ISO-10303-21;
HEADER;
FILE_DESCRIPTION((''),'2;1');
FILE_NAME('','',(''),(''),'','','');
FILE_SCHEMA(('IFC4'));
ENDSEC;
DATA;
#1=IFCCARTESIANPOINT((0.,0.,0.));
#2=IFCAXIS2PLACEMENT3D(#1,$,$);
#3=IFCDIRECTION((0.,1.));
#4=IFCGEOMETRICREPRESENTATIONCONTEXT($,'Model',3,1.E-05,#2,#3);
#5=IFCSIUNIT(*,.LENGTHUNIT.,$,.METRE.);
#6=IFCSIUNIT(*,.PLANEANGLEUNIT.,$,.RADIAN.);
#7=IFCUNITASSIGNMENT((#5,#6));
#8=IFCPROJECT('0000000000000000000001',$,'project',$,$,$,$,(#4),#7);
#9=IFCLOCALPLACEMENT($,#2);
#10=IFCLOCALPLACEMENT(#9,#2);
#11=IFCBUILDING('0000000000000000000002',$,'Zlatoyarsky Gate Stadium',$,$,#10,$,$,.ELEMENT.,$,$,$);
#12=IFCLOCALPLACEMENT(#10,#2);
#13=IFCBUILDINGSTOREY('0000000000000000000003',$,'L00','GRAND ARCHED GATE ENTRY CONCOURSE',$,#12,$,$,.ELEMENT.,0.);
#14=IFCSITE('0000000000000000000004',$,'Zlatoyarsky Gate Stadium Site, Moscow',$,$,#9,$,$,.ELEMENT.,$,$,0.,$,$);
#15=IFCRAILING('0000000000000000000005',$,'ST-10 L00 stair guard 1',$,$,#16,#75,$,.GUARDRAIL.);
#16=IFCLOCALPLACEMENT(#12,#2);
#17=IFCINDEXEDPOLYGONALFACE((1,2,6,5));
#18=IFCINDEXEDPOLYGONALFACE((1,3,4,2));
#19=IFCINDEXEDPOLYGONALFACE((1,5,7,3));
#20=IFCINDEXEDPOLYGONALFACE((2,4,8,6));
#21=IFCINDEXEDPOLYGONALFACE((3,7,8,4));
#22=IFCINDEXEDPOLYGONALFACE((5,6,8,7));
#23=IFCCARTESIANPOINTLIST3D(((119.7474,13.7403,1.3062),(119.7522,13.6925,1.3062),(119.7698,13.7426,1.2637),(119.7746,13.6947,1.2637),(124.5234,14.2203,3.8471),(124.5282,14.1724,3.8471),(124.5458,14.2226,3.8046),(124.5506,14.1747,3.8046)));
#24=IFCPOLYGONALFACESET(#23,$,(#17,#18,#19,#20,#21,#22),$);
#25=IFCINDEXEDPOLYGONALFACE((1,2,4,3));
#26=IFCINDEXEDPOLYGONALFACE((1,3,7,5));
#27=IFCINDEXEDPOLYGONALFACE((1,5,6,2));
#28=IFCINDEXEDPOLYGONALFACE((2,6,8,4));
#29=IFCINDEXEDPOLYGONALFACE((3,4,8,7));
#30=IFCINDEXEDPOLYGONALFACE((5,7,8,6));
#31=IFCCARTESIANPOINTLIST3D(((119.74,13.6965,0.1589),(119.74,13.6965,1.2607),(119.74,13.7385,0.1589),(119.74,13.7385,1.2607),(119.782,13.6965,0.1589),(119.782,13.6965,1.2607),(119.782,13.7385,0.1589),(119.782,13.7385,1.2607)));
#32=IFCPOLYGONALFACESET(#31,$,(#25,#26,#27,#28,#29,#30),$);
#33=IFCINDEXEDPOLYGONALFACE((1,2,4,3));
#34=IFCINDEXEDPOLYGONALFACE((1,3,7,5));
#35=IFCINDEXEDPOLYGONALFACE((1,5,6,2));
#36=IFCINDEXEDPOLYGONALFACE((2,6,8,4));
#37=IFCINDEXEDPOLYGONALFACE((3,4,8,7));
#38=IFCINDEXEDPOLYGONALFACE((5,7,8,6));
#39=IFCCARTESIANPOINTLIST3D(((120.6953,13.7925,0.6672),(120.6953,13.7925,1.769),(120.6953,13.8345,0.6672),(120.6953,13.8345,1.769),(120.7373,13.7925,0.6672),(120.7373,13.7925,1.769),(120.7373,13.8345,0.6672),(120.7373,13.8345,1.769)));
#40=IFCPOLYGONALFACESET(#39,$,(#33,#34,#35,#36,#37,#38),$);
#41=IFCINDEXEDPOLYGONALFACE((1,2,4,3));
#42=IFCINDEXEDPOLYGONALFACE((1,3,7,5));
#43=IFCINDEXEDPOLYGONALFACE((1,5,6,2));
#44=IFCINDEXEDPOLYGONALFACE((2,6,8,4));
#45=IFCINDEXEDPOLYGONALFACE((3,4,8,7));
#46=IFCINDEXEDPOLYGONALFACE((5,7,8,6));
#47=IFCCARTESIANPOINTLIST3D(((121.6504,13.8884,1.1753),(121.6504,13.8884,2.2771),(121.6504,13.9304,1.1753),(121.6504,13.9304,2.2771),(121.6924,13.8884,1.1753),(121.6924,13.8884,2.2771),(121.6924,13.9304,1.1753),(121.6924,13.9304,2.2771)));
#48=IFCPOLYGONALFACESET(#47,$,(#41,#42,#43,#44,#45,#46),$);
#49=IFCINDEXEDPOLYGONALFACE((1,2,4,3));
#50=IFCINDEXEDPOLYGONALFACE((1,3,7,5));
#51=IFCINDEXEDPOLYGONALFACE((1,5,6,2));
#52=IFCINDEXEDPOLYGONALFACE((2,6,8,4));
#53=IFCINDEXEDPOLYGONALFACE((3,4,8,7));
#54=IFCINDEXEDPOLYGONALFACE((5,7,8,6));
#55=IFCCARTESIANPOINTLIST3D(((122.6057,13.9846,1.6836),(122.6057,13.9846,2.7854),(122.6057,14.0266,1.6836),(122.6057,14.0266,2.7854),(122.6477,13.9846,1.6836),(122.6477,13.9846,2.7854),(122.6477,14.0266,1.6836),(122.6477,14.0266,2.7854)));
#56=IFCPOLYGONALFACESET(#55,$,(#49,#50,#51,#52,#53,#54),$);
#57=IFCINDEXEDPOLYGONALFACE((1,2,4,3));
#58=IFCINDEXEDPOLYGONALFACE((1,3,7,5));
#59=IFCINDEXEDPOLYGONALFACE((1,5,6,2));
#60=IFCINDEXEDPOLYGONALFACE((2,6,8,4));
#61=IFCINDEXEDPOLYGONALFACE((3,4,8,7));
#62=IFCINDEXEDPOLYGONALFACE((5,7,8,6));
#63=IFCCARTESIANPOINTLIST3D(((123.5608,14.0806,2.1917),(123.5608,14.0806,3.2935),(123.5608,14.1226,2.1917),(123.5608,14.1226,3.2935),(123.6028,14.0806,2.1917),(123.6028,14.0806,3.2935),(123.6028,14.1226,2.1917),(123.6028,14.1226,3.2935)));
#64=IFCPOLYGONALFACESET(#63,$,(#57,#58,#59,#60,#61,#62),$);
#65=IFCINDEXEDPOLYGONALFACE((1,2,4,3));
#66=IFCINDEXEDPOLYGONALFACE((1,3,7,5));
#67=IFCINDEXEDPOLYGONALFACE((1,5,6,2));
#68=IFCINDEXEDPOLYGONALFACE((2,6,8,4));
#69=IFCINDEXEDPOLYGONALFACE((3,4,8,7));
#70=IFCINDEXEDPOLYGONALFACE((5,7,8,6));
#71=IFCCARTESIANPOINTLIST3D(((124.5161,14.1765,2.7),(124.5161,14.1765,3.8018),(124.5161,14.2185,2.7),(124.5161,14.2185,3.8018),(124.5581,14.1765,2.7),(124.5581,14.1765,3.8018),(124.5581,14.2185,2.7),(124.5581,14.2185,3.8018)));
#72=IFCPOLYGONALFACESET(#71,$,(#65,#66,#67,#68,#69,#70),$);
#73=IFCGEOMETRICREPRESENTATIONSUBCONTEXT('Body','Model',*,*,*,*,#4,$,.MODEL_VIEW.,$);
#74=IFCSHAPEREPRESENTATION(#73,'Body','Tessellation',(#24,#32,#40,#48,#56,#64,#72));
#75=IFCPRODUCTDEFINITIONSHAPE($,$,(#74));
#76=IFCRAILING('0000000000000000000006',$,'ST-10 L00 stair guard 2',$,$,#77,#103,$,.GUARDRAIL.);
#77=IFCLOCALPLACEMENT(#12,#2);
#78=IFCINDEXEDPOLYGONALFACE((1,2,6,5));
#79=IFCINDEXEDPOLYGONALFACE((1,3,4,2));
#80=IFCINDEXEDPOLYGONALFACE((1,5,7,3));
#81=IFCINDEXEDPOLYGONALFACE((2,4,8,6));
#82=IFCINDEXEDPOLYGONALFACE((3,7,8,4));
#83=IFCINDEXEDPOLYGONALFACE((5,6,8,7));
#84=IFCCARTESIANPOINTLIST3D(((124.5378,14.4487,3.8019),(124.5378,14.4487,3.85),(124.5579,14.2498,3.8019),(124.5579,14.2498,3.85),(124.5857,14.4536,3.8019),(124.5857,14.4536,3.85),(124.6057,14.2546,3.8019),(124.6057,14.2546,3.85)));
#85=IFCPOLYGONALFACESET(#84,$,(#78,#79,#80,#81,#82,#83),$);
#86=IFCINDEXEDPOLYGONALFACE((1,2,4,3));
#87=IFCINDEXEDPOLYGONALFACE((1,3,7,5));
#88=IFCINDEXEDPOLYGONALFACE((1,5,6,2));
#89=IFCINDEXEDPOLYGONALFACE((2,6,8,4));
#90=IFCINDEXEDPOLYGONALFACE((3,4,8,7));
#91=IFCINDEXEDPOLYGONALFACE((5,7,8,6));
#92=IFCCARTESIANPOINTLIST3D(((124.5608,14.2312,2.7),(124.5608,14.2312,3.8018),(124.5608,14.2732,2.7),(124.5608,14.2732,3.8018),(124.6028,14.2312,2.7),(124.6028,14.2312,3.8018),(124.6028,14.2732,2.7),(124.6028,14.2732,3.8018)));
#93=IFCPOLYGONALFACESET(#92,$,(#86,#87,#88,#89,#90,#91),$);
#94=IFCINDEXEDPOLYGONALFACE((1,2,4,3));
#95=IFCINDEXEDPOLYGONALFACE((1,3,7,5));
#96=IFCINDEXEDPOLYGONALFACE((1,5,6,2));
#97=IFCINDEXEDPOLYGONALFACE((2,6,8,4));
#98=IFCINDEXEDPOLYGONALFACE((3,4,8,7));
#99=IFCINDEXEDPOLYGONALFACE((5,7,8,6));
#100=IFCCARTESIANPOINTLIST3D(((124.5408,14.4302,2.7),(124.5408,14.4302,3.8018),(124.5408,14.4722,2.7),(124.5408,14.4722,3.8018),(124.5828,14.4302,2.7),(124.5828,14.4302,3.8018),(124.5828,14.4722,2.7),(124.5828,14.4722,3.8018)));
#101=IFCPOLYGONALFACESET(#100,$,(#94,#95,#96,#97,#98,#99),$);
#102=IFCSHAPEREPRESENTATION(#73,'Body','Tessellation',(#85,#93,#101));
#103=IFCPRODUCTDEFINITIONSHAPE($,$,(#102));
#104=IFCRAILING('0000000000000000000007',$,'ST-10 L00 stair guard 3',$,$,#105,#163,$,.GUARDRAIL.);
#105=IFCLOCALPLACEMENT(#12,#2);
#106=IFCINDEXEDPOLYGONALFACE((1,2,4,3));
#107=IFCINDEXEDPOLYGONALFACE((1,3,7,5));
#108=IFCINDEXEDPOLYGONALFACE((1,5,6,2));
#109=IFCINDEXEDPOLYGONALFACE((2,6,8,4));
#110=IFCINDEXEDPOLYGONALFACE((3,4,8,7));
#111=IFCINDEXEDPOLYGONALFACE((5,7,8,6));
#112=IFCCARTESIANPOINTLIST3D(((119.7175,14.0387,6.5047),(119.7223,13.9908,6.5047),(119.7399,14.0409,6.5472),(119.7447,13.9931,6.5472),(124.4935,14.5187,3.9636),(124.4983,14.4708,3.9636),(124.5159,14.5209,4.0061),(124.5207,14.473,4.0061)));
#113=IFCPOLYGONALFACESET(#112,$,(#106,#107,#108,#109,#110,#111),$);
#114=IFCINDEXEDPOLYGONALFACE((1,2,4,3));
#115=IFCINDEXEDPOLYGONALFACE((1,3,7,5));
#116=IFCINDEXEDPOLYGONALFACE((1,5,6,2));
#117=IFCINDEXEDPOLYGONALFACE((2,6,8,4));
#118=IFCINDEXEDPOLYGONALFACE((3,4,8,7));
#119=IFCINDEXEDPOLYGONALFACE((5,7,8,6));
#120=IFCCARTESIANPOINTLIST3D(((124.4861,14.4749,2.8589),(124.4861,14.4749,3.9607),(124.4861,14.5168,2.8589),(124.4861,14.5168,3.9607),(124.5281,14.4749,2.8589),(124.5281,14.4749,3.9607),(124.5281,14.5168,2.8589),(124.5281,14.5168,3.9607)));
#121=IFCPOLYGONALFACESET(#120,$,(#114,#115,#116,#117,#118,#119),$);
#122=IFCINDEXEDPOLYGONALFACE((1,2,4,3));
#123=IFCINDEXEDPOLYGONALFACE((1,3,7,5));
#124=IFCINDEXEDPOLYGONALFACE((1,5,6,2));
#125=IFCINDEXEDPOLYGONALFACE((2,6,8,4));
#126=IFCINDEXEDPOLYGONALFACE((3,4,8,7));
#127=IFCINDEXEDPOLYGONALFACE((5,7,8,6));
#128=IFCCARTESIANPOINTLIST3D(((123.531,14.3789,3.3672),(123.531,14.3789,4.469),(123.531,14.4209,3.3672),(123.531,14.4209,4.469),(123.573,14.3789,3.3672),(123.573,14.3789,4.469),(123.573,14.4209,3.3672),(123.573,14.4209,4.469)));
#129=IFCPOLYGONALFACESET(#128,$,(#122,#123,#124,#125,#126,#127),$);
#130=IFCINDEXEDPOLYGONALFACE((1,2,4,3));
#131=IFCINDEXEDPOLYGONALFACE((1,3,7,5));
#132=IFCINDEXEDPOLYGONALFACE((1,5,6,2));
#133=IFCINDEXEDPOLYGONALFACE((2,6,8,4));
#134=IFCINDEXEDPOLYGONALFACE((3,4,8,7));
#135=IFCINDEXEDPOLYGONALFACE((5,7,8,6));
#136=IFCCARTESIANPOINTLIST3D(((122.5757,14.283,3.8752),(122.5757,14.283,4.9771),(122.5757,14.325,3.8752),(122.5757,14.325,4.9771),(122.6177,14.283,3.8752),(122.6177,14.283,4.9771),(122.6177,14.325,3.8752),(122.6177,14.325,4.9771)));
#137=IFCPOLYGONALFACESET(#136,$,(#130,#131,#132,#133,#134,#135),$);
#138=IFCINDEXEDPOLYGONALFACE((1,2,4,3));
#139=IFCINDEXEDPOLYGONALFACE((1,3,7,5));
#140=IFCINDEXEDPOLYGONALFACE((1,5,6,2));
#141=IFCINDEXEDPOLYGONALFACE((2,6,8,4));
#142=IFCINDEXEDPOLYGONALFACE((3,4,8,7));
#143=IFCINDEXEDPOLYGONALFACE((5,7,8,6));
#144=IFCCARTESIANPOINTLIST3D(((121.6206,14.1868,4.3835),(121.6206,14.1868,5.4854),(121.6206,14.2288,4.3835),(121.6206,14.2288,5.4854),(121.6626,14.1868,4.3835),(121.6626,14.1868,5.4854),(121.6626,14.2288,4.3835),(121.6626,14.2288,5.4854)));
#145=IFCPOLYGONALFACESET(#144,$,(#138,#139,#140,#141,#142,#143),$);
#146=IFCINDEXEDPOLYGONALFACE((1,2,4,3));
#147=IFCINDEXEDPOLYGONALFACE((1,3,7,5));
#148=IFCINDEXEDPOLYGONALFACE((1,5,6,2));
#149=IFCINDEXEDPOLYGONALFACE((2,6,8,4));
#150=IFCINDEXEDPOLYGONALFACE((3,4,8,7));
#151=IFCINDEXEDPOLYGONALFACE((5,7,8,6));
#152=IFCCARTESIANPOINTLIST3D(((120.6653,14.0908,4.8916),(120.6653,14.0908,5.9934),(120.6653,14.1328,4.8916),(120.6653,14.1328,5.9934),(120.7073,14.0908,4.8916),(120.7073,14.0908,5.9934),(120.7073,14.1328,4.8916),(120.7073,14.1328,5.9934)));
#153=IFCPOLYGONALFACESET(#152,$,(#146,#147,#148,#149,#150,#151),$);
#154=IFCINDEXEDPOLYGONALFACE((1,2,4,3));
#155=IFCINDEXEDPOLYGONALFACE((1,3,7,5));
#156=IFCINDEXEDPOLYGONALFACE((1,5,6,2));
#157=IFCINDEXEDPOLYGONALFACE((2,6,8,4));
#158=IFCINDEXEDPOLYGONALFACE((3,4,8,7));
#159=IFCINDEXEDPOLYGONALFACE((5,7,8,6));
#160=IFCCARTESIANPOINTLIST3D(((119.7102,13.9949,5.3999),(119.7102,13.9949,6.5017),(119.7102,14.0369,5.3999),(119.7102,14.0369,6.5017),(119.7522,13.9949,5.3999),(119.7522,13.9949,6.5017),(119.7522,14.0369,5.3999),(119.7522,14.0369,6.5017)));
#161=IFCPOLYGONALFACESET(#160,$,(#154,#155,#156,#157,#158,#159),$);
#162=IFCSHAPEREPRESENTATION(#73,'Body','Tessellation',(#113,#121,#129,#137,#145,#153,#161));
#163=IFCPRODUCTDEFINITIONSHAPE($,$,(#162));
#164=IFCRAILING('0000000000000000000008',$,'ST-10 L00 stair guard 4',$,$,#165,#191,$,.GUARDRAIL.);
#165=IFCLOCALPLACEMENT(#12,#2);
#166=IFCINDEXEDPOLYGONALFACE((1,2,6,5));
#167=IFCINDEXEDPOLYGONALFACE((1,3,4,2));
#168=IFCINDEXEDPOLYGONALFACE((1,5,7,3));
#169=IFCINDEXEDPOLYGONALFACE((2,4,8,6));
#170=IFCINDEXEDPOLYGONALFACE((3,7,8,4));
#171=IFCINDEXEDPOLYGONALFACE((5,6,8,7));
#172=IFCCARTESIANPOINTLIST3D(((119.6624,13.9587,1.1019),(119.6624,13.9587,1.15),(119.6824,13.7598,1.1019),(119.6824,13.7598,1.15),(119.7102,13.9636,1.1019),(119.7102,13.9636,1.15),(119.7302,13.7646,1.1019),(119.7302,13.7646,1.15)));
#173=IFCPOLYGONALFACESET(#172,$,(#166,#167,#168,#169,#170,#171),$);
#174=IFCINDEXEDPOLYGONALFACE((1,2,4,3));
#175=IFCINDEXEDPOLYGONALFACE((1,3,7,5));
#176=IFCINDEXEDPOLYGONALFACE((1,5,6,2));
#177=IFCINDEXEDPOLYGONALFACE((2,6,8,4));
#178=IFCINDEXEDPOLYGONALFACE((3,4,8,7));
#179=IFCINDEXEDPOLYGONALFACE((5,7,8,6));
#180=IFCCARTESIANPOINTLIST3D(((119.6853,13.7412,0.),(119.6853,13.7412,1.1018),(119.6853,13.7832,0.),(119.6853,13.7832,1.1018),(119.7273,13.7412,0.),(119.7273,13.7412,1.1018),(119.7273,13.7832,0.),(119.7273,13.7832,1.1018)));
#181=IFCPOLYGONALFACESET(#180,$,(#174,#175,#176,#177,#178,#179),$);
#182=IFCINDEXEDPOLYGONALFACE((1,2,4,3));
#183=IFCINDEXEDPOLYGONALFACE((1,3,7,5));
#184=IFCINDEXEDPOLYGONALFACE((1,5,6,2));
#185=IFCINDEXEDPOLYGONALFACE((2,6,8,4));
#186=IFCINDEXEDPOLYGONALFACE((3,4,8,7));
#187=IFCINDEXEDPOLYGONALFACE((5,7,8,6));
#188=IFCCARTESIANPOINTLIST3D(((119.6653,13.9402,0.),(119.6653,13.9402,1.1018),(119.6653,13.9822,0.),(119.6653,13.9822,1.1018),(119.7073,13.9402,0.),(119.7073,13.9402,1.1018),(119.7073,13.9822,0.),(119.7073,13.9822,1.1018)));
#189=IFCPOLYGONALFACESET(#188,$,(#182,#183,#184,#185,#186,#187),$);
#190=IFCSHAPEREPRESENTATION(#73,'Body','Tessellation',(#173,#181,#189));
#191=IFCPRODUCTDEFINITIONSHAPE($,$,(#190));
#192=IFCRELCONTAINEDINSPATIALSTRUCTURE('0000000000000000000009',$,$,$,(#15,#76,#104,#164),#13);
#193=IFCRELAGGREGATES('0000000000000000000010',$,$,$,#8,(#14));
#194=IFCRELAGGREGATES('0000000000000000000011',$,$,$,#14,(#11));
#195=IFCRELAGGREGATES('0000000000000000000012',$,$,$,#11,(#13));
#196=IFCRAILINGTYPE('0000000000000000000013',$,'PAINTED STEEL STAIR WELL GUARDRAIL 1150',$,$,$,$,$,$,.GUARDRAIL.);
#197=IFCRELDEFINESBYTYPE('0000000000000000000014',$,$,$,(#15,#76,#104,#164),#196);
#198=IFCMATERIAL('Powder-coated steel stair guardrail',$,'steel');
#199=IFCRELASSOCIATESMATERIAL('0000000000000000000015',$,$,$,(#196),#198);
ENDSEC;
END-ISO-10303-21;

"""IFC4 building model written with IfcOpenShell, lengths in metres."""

from ifc_helpers import new_model, si_unit, direction, frame, origin, origin_2d, place, context, subcontext, project, spatial, rectangle, extrude, material, type_object, element, save


model = new_model("IFC4")

# Units and contexts
model_context = context("Model", 3, precision=1e-05, world=origin(), true_north=direction((0.0, 1.0)))
body_context = subcontext(model_context, "Body", "Model", "MODEL_VIEW")
ifc_project = project(units=[si_unit("LENGTHUNIT", "METRE"), si_unit("PLANEANGLEUNIT", "RADIAN")], contexts=[model_context])

# Site, building, storey
site_placement = place(None, origin())
site = spatial("IfcSite", under=ifc_project, at=site_placement, Name="Zlatoyarsky Gate Stadium Site, Moscow", CompositionType="ELEMENT", RefElevation=0.0)
building_placement = place(site_placement, origin())
building = spatial("IfcBuilding", under=site, at=building_placement, Name="Zlatoyarsky Gate Stadium", CompositionType="ELEMENT")
storey_placement = place(building_placement, origin())
storey = spatial("IfcBuildingStorey", under=building, at=storey_placement, Name="L00", Description="GRAND ARCHED GATE ENTRY CONCOURSE", CompositionType="ELEMENT", Elevation=0.0)

# Railings
ifc_material_1 = material(Name="Powder-coated steel stair guardrail", Category="steel")
railing_type_1 = type_object("IfcRailingType", Name="PAINTED STEEL STAIR WELL GUARDRAIL 1150", PredefinedType="GUARDRAIL", material=ifc_material_1)
railing_1_placement = place(storey_placement, frame((119.761, 13.7175, 0.1589)))
element("IfcRailing", 1, at=railing_1_placement, inside=storey, type_object=railing_type_1, Name="ST-10 L00 stair guard 1", PredefinedType="GUARDRAIL", context=body_context, shape_type="SweptSolid", body=[
    extrude(rectangle(XDim=0.0481, YDim=0.0481, at=origin_2d()), frame((0.0, 0.0, 1.126), z_axis=(0.879378, 0.088374, 0.467851), x_axis=(-0.099992, 0.994988, 0.0)), (0.0, 0.0, 1.0), 5.4312),
    extrude(rectangle(XDim=0.042, YDim=0.042, at=origin_2d()), origin(), (0.0, 0.0, 1.0), 1.1018),
    extrude(rectangle(XDim=0.042, YDim=0.042, at=origin_2d()), frame((0.9553, 0.0959, 0.5083)), (0.0, 0.0, 1.0), 1.1018),
    extrude(rectangle(XDim=0.042, YDim=0.042, at=origin_2d()), frame((1.9104, 0.1919, 1.0164)), (0.0, 0.0, 1.0), 1.1018),
    extrude(rectangle(XDim=0.042, YDim=0.042, at=origin_2d()), frame((2.8657, 0.2881, 1.5247)), (0.0, 0.0, 1.0), 1.1018),
    extrude(rectangle(XDim=0.042, YDim=0.042, at=origin_2d()), frame((3.8208, 0.384, 2.0327)), (0.0, 0.0, 1.0), 1.1018),
    extrude(rectangle(XDim=0.042, YDim=0.042, at=origin_2d()), frame((4.7761, 0.48, 2.541)), (0.0, 0.0, 1.0), 1.1018),
])
railing_2_placement = place(storey_placement, frame((124.5818, 14.2522, 2.7)))
element("IfcRailing", 2, at=railing_2_placement, inside=storey, type_object=railing_type_1, Name="ST-10 L00 stair guard 2", PredefinedType="GUARDRAIL", context=body_context, shape_type="SweptSolid", body=[
    extrude(rectangle(XDim=0.0481, YDim=0.0481, at=origin_2d()), frame((0.0, 0.0, 1.126), z_axis=(-0.100108, 0.994977, 0.0), x_axis=(-0.994977, -0.100108, 0.0)), (0.0, 0.0, 1.0), 0.2),
    extrude(rectangle(XDim=0.042, YDim=0.042, at=origin_2d()), origin(), (0.0, 0.0, 1.0), 1.1018),
    extrude(rectangle(XDim=0.042, YDim=0.042, at=origin_2d()), frame((-0.02, 0.199, 0.0)), (0.0, 0.0, 1.0), 1.1018),
])
railing_3_placement = place(storey_placement, frame((124.5071, 14.4958, 2.8589)))
element("IfcRailing", 3, at=railing_3_placement, inside=storey, type_object=railing_type_1, Name="ST-10 L00 stair guard 3", PredefinedType="GUARDRAIL", context=body_context, shape_type="SweptSolid", body=[
    extrude(rectangle(XDim=0.0481, YDim=0.0481, at=origin_2d()), frame((0.0, 0.0, 1.126), z_axis=(-0.879368, -0.088377, 0.467869), x_axis=(0.099997, -0.994988, 0.0)), (0.0, 0.0, 1.0), 5.4312),
    extrude(rectangle(XDim=0.042, YDim=0.042, at=origin_2d()), origin(), (0.0, 0.0, 1.0), 1.1018),
    extrude(rectangle(XDim=0.042, YDim=0.042, at=origin_2d()), frame((-0.9551, -0.0959, 0.5083)), (0.0, 0.0, 1.0), 1.1018),
    extrude(rectangle(XDim=0.042, YDim=0.042, at=origin_2d()), frame((-1.9104, -0.1919, 1.0164)), (0.0, 0.0, 1.0), 1.1018),
    extrude(rectangle(XDim=0.042, YDim=0.042, at=origin_2d()), frame((-2.8655, -0.2881, 1.5247)), (0.0, 0.0, 1.0), 1.1018),
    extrude(rectangle(XDim=0.042, YDim=0.042, at=origin_2d()), frame((-3.8208, -0.384, 2.0327)), (0.0, 0.0, 1.0), 1.1018),
    extrude(rectangle(XDim=0.042, YDim=0.042, at=origin_2d()), frame((-4.7759, -0.48, 2.541)), (0.0, 0.0, 1.0), 1.1018),
])
railing_4_placement = place(storey_placement, frame((119.7063, 13.7622, 0.0)))
element("IfcRailing", 4, at=railing_4_placement, inside=storey, type_object=railing_type_1, Name="ST-10 L00 stair guard 4", PredefinedType="GUARDRAIL", context=body_context, shape_type="SweptSolid", body=[
    extrude(rectangle(XDim=0.0481, YDim=0.0481, at=origin_2d()), frame((0.0, 0.0, 1.126), z_axis=(-0.100108, 0.994977, 0.0), x_axis=(-0.994977, -0.100108, 0.0)), (0.0, 0.0, 1.0), 0.2),
    extrude(rectangle(XDim=0.042, YDim=0.042, at=origin_2d()), origin(), (0.0, 0.0, 1.0), 1.1018),
    extrude(rectangle(XDim=0.042, YDim=0.042, at=origin_2d()), frame((-0.02, 0.199, 0.0)), (0.0, 0.0, 1.0), 1.1018),
])

save(model, "model.ifc")
